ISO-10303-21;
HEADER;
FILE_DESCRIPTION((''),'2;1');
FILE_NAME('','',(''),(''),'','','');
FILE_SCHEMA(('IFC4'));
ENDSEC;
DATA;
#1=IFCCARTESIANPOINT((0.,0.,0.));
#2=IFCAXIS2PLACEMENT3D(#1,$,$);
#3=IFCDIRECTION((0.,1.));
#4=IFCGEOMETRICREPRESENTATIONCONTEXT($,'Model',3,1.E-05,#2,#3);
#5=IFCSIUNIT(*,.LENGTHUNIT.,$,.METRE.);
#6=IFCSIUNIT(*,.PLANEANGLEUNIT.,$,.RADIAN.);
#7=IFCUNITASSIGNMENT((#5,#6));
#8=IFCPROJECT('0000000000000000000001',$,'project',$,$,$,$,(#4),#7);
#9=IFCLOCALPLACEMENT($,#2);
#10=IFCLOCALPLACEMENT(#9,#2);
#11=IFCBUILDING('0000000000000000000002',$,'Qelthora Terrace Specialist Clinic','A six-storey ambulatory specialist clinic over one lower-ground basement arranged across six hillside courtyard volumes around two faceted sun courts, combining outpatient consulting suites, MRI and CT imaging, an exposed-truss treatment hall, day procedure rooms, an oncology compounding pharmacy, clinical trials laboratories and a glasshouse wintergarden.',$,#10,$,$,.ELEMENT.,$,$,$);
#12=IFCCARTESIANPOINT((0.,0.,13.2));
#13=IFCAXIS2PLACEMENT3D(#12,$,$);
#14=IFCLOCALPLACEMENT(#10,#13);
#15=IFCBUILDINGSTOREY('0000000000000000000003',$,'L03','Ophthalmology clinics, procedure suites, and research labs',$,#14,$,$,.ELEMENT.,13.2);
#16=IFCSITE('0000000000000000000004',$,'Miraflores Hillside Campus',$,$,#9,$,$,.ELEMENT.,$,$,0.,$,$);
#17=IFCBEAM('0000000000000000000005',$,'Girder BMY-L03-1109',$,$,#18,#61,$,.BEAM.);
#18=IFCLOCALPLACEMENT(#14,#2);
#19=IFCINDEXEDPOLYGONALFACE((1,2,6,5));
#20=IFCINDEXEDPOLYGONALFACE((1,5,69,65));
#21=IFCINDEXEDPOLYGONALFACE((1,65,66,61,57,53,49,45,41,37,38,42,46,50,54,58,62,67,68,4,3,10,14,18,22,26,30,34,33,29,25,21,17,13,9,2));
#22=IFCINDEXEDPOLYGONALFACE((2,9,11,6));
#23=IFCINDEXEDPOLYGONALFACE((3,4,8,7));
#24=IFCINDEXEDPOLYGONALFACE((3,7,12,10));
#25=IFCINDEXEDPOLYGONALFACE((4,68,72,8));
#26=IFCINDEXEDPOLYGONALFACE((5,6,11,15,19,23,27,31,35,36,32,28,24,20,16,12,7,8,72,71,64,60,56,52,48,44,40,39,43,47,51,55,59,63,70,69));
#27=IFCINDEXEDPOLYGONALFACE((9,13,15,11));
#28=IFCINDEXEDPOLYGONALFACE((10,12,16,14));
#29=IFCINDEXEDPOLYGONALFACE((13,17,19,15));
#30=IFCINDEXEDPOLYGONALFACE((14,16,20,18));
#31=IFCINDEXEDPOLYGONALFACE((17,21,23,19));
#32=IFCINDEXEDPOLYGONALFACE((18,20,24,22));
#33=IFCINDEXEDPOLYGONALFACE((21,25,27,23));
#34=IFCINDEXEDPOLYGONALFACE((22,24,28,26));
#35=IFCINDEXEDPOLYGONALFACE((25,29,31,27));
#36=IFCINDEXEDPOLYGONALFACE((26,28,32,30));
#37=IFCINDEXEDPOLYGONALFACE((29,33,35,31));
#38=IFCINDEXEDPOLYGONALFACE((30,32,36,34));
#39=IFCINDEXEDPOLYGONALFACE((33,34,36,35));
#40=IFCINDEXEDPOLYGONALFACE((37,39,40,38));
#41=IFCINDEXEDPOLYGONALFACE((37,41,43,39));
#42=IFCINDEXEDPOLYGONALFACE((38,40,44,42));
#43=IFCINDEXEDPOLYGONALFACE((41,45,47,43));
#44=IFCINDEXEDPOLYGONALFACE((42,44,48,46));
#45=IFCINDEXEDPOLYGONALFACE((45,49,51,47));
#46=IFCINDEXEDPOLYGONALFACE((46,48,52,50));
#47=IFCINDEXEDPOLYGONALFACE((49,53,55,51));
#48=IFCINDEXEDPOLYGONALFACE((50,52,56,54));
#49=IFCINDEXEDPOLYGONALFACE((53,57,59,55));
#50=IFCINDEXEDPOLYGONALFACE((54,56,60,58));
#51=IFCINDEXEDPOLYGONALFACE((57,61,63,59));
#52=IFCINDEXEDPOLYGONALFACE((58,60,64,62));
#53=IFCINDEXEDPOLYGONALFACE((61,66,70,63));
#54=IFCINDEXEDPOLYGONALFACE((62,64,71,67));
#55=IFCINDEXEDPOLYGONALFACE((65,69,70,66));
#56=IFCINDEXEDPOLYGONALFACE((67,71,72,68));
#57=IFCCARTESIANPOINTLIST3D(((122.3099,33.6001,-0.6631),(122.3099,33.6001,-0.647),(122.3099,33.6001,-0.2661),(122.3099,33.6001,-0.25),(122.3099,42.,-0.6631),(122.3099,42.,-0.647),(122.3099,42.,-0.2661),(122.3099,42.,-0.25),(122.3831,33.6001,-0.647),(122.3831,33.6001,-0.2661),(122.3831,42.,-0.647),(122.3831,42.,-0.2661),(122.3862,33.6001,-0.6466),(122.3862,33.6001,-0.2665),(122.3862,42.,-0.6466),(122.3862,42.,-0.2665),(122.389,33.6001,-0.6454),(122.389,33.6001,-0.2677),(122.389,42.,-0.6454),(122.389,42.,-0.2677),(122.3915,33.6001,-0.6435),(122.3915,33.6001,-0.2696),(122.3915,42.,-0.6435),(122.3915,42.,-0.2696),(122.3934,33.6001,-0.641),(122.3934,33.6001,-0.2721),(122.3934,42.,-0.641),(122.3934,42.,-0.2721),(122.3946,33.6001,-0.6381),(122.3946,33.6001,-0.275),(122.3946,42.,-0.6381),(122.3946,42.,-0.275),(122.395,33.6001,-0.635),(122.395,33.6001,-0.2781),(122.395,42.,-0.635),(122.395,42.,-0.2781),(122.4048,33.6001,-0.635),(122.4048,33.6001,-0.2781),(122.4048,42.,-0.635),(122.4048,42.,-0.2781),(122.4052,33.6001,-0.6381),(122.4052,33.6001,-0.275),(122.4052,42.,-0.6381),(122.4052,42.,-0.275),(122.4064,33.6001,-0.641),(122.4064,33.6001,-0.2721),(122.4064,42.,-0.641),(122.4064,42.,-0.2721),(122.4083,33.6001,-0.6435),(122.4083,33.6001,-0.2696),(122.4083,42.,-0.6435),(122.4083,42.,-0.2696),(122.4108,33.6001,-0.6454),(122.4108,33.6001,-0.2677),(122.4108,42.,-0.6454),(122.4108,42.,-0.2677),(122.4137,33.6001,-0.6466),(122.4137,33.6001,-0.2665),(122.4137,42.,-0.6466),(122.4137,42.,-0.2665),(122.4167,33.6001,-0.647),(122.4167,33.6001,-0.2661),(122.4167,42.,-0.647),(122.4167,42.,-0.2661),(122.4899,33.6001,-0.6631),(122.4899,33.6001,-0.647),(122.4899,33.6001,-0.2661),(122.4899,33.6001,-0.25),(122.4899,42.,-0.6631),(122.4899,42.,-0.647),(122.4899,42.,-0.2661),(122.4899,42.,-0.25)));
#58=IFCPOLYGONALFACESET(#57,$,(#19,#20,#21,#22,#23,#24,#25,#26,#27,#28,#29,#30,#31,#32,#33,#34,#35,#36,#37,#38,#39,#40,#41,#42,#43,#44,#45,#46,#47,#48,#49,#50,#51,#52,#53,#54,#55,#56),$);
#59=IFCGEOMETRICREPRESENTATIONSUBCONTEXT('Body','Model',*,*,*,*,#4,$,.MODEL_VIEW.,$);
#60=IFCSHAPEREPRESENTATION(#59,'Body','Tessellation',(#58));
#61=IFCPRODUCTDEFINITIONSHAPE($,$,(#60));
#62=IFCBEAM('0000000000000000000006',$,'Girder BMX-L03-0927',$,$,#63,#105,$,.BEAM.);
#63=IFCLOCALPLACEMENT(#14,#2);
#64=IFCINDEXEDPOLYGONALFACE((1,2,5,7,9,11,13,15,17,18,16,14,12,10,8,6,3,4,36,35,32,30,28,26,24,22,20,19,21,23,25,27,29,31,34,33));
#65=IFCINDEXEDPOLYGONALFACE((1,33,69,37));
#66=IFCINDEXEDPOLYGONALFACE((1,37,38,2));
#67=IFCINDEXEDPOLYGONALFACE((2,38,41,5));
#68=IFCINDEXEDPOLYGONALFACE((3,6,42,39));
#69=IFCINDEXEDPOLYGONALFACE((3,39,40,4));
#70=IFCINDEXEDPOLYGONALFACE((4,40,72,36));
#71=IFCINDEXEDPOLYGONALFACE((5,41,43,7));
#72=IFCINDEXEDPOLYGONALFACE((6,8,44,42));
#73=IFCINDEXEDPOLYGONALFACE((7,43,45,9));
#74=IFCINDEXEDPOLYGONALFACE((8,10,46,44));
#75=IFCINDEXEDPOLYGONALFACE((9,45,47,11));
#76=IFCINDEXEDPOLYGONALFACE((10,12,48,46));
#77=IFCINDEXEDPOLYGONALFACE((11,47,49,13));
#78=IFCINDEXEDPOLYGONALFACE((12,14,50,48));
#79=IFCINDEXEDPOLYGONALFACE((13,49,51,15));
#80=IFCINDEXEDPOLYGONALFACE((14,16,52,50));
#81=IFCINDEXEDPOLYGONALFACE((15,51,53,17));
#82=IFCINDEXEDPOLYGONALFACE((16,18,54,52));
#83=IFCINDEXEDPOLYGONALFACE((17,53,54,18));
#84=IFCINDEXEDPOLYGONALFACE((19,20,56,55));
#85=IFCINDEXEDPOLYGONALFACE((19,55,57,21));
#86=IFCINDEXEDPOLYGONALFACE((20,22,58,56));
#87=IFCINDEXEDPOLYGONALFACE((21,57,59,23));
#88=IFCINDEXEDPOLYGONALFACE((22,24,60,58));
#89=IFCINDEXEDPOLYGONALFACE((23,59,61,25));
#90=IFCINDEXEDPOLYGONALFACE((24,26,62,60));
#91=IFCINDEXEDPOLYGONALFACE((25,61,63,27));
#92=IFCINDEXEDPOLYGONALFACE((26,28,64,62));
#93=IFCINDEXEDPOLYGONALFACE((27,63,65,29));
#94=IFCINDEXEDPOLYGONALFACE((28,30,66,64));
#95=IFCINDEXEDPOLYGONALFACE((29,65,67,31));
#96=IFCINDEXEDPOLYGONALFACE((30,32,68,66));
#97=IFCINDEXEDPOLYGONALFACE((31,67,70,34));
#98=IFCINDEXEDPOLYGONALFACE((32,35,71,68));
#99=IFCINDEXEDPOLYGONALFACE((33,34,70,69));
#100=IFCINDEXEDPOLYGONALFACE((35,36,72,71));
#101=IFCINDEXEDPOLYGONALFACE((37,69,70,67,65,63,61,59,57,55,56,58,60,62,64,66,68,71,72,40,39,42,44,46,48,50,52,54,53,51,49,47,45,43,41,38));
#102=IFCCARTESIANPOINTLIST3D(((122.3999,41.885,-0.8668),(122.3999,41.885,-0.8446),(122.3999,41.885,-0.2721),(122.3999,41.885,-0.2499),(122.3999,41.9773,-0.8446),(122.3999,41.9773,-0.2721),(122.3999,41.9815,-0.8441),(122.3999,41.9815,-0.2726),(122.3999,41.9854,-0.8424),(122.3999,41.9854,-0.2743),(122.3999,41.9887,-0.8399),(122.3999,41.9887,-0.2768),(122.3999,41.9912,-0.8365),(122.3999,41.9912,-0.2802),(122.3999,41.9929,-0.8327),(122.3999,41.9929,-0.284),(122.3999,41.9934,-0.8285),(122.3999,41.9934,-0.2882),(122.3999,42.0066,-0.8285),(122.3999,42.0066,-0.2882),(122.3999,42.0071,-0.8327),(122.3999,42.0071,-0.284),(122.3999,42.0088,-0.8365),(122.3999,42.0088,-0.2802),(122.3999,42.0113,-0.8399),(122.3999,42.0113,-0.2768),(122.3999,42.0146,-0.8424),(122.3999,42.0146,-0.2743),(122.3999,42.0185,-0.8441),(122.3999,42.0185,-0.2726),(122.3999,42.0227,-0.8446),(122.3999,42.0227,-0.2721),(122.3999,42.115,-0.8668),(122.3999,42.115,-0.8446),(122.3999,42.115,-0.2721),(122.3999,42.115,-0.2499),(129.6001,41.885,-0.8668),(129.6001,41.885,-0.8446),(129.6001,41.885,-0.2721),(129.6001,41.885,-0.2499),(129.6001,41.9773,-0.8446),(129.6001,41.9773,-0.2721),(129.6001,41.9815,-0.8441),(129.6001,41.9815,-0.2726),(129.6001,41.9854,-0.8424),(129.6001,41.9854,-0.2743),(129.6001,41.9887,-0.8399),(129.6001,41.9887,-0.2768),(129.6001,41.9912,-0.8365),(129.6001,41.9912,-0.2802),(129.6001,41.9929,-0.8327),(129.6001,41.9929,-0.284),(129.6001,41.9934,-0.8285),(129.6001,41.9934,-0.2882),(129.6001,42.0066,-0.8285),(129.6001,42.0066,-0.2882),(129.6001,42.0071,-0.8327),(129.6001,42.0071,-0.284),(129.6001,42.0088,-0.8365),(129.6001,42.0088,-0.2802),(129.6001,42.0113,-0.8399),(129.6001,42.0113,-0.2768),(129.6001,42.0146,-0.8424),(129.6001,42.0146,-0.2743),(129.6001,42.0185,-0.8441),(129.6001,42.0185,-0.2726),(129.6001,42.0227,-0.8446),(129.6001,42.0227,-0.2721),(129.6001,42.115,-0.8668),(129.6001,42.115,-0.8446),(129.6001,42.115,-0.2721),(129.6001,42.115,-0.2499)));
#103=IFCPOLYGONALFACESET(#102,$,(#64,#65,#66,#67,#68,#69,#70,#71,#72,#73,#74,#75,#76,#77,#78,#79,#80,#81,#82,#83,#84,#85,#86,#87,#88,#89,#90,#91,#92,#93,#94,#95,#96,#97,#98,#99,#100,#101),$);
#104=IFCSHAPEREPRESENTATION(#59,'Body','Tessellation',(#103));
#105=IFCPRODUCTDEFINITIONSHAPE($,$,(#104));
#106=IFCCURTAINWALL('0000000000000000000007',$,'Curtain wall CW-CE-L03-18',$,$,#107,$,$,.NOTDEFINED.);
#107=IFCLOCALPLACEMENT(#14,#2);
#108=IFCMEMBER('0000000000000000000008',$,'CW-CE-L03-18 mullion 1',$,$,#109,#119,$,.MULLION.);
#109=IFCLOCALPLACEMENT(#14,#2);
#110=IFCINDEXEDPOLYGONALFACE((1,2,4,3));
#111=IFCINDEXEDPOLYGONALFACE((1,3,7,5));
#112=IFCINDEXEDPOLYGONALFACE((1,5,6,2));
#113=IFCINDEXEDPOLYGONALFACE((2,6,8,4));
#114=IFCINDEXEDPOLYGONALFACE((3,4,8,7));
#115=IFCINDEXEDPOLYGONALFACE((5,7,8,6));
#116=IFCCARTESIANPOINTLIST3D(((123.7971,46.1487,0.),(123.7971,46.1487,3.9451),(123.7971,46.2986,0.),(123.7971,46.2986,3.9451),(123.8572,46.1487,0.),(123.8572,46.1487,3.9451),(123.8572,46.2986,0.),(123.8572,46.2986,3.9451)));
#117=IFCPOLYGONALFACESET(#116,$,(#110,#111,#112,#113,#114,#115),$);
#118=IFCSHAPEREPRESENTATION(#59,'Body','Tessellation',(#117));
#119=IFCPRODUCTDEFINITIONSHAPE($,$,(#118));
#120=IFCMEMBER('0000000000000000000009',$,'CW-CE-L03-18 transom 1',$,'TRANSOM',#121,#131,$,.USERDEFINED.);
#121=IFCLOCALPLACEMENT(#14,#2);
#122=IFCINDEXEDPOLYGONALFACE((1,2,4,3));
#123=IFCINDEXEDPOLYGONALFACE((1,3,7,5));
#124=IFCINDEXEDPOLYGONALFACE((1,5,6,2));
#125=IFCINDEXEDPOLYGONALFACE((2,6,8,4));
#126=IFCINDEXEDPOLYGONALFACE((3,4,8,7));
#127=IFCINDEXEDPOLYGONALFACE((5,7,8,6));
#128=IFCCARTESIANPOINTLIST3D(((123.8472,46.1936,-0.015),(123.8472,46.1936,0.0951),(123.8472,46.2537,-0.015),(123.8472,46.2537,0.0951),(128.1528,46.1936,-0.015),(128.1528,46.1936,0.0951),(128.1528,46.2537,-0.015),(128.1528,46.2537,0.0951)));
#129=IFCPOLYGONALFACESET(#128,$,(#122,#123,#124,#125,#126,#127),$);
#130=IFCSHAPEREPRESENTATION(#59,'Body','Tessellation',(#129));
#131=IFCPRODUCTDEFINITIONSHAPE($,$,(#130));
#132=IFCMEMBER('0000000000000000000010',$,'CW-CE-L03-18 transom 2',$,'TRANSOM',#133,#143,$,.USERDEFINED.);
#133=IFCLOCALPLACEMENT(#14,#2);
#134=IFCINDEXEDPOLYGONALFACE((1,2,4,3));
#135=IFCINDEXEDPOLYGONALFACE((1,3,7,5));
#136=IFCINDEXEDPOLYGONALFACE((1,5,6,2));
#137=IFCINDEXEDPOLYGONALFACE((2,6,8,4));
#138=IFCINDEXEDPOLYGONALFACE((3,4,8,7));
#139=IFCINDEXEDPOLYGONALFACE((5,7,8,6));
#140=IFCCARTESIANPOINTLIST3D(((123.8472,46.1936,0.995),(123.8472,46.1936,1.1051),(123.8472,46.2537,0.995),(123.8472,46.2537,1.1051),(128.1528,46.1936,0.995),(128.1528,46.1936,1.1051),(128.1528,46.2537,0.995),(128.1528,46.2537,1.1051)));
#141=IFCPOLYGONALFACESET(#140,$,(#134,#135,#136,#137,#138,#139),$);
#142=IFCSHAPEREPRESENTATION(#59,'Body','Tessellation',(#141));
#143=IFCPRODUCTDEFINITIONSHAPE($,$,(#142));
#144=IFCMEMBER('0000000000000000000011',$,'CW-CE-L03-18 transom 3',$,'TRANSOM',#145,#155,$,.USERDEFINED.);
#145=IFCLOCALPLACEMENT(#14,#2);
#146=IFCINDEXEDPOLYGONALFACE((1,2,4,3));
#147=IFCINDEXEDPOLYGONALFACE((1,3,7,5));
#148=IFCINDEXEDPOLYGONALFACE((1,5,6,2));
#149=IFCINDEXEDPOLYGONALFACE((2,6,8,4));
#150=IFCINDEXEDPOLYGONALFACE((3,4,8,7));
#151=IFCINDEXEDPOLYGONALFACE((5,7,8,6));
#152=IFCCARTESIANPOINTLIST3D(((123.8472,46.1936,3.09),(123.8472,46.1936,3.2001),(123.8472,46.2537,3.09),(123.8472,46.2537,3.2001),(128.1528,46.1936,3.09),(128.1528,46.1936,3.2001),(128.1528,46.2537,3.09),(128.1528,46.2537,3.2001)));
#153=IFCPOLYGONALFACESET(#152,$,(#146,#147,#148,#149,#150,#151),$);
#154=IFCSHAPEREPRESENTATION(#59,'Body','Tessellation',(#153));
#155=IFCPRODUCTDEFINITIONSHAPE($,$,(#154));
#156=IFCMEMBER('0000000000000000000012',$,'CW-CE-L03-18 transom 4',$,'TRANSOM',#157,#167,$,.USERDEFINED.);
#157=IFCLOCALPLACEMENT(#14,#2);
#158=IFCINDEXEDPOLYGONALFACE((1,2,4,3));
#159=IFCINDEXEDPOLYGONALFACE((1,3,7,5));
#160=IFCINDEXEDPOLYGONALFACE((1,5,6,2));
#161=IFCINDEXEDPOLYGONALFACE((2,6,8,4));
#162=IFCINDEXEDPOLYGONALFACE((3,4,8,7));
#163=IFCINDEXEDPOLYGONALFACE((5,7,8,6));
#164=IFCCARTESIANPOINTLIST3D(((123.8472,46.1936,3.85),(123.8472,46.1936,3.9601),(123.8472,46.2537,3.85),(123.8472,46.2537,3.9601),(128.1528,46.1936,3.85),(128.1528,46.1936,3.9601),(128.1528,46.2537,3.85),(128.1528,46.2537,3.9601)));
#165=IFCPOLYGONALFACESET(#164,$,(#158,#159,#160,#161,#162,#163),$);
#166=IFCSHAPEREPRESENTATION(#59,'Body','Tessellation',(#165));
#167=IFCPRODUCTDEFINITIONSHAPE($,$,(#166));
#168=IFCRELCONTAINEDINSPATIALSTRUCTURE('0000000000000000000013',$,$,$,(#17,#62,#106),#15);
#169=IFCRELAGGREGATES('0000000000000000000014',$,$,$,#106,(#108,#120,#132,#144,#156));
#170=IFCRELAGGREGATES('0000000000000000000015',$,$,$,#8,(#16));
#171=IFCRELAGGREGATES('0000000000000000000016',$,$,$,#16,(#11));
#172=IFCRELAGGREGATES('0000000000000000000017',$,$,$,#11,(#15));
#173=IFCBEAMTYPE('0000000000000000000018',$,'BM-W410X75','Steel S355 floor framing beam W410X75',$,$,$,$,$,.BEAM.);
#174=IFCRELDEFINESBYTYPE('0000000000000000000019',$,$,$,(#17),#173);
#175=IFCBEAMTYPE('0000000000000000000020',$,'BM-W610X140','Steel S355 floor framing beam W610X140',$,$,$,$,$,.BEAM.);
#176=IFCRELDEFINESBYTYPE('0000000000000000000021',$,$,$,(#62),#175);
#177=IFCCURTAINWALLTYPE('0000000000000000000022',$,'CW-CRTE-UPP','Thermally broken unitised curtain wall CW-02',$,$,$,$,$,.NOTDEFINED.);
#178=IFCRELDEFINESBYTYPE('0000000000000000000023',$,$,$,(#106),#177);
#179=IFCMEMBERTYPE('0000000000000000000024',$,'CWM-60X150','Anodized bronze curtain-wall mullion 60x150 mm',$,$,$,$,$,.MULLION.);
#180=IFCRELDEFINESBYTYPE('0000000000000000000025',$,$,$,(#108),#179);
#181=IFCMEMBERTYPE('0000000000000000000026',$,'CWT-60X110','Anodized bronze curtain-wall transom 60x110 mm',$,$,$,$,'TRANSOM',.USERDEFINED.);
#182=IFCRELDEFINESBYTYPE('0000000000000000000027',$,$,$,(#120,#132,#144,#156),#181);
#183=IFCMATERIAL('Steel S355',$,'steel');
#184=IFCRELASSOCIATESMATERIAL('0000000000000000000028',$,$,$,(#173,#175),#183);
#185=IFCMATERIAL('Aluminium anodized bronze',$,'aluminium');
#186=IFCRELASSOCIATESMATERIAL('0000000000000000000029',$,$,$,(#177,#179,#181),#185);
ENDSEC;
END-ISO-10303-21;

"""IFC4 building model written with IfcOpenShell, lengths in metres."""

from ifc_helpers import new_model, si_unit, direction, frame, origin, origin_2d, place, context, subcontext, project, spatial, rectangle, i_section, extrude, material, material_profile, profile_set, type_object, element, aggregate, save


model = new_model("IFC4")

# Units and contexts
model_context = context("Model", 3, precision=1e-05, world=origin(), true_north=direction((0.0, 1.0)))
body_context = subcontext(model_context, "Body", "Model", "MODEL_VIEW")
ifc_project = project(units=[si_unit("LENGTHUNIT", "METRE"), si_unit("PLANEANGLEUNIT", "RADIAN")], contexts=[model_context])

# Site, building, storey
site_placement = place(None, origin())
site = spatial("IfcSite", under=ifc_project, at=site_placement, Name="Miraflores Hillside Campus", CompositionType="ELEMENT", RefElevation=0.0)
building_placement = place(site_placement, origin())
building = spatial("IfcBuilding", under=site, at=building_placement, Name="Qelthora Terrace Specialist Clinic", Description="A six-storey ambulatory specialist clinic over one lower-ground basement arranged across six hillside courtyard volumes around two faceted sun courts, combining outpatient consulting suites, MRI and CT imaging, an exposed-truss treatment hall, day procedure rooms, an oncology compounding pharmacy, clinical trials laboratories and a glasshouse wintergarden.", CompositionType="ELEMENT")
storey_placement = place(building_placement, frame((0.0, 0.0, 13.2)))
storey = spatial("IfcBuildingStorey", under=building, at=storey_placement, Name="L03", Description="Ophthalmology clinics, procedure suites, and research labs", CompositionType="ELEMENT", Elevation=13.2)

# Shared definitions
ifc_material_1 = material(Name="Steel S355", Category="steel")

# Beams
ifc_material_profile_1 = material_profile(ifc_material_1, i_section(OverallWidth=0.1799, OverallDepth=0.4131, WebThickness=0.0098, FlangeThickness=0.0161, FilletRadius=0.012, at=origin_2d()), Name="W410X75")
ifc_profile_set_1 = profile_set([ifc_material_profile_1], Name="Steel S355")
beam_type_1 = type_object("IfcBeamType", Name="BM-W410X75", Description="Steel S355 floor framing beam W410X75", PredefinedType="BEAM", material=ifc_profile_set_1)
beam_1_placement = place(storey_placement, frame((122.3999, 33.6001, -0.4565), z_axis=(0.0, 1.0, 0.0), x_axis=(-1.0, 0.0, 0.0)))
element("IfcBeam", 1, at=beam_1_placement, inside=storey, type_object=beam_type_1, Name="Girder BMY-L03-1109", PredefinedType="BEAM", context=body_context, shape_type="SweptSolid", body=[
    extrude(i_section(OverallWidth=0.1799, OverallDepth=0.4131, WebThickness=0.0098, FlangeThickness=0.0161, FilletRadius=0.012, at=origin_2d()), origin(), (0.0, 0.0, 1.0), 8.3999),
])
ifc_material_profile_2 = material_profile(ifc_material_1, i_section(OverallWidth=0.23, OverallDepth=0.6169, WebThickness=0.0132, FlangeThickness=0.0222, FilletRadius=0.0161, at=origin_2d()), Name="W610X140")
ifc_profile_set_2 = profile_set([ifc_material_profile_2], Name="Steel S355")
beam_type_2 = type_object("IfcBeamType", Name="BM-W610X140", Description="Steel S355 floor framing beam W610X140", PredefinedType="BEAM", material=ifc_profile_set_2)
beam_2_placement = place(storey_placement, frame((122.3999, 42.0, -0.5583), z_axis=(1.0, 0.0, 0.0), x_axis=(0.0, 1.0, 0.0)))
element("IfcBeam", 2, at=beam_2_placement, inside=storey, type_object=beam_type_2, Name="Girder BMX-L03-0927", PredefinedType="BEAM", context=body_context, shape_type="SweptSolid", body=[
    extrude(i_section(OverallWidth=0.23, OverallDepth=0.6169, WebThickness=0.0132, FlangeThickness=0.0222, FilletRadius=0.0161, at=origin_2d()), origin(), (0.0, 0.0, 1.0), 7.2002),
])

# Curtain wall, members
ifc_material_2 = material(Name="Aluminium anodized bronze", Category="aluminium")
curtain_wall_type = type_object("IfcCurtainWallType", Name="CW-CRTE-UPP", Description="Thermally broken unitised curtain wall CW-02", PredefinedType="NOTDEFINED", material=ifc_material_2)
curtain_wall_placement = place(storey_placement, origin())
curtain_wall = element("IfcCurtainWall", 3, at=curtain_wall_placement, inside=storey, type_object=curtain_wall_type, Name="Curtain wall CW-CE-L03-18", PredefinedType="NOTDEFINED")
ifc_material_profile_3 = material_profile(ifc_material_2, rectangle(XDim=0.0601, YDim=0.1499, at=origin_2d()), Name="CWM60X150")
ifc_profile_set_3 = profile_set([ifc_material_profile_3], Name="Aluminium anodized bronze")
member_type_1 = type_object("IfcMemberType", Name="CWM-60X150", Description="Anodized bronze curtain-wall mullion 60x150 mm", PredefinedType="MULLION", material=ifc_profile_set_3)
member_1_placement = place(storey_placement, frame((123.8271, 46.2236, 0.0), z_axis=(0.0, 0.0, 1.0), x_axis=(1.0, 0.0, 0.0)))
member_1 = element("IfcMember", 4, at=member_1_placement, type_object=member_type_1, Name="CW-CE-L03-18 mullion 1", PredefinedType="MULLION", context=body_context, shape_type="SweptSolid", body=[
    extrude(rectangle(XDim=0.0601, YDim=0.1499, at=origin_2d()), origin(), (0.0, 0.0, 1.0), 3.9451),
])
ifc_material_profile_4 = material_profile(ifc_material_2, rectangle(XDim=0.0601, YDim=0.1101, at=origin_2d()), Name="CWT60X110")
ifc_profile_set_4 = profile_set([ifc_material_profile_4], Name="Aluminium anodized bronze")
member_type_2 = type_object("IfcMemberType", Name="CWT-60X110", Description="Anodized bronze curtain-wall transom 60x110 mm", ElementType="TRANSOM", PredefinedType="USERDEFINED", material=ifc_profile_set_4)
member_2_placement = place(storey_placement, frame((123.8472, 46.2236, 0.04), z_axis=(1.0, 0.0, 0.0), x_axis=(0.0, 1.0, 0.0)))
member_2 = element("IfcMember", 5, at=member_2_placement, type_object=member_type_2, Name="CW-CE-L03-18 transom 1", ObjectType="TRANSOM", PredefinedType="USERDEFINED", context=body_context, shape_type="SweptSolid", body=[
    extrude(rectangle(XDim=0.0601, YDim=0.1101, at=origin_2d()), origin(), (0.0, 0.0, 1.0), 4.3057),
])
member_3_placement = place(storey_placement, frame((123.8472, 46.2236, 1.05), z_axis=(1.0, 0.0, 0.0), x_axis=(0.0, 1.0, 0.0)))
member_3 = element("IfcMember", 6, at=member_3_placement, type_object=member_type_2, Name="CW-CE-L03-18 transom 2", ObjectType="TRANSOM", PredefinedType="USERDEFINED", context=body_context, shape_type="SweptSolid", body=[
    extrude(rectangle(XDim=0.0601, YDim=0.1101, at=origin_2d()), origin(), (0.0, 0.0, 1.0), 4.3057),
])
member_4_placement = place(storey_placement, frame((123.8472, 46.2236, 3.145), z_axis=(1.0, 0.0, 0.0), x_axis=(0.0, 1.0, 0.0)))
member_4 = element("IfcMember", 7, at=member_4_placement, type_object=member_type_2, Name="CW-CE-L03-18 transom 3", ObjectType="TRANSOM", PredefinedType="USERDEFINED", context=body_context, shape_type="SweptSolid", body=[
    extrude(rectangle(XDim=0.0601, YDim=0.1101, at=origin_2d()), origin(), (0.0, 0.0, 1.0), 4.3057),
])
member_5_placement = place(storey_placement, frame((123.8472, 46.2236, 3.905), z_axis=(1.0, 0.0, 0.0), x_axis=(0.0, 1.0, 0.0)))
member_5 = element("IfcMember", 8, at=member_5_placement, type_object=member_type_2, Name="CW-CE-L03-18 transom 4", ObjectType="TRANSOM", PredefinedType="USERDEFINED", context=body_context, shape_type="SweptSolid", body=[
    extrude(rectangle(XDim=0.0601, YDim=0.1101, at=origin_2d()), origin(), (0.0, 0.0, 1.0), 4.3057),
])

aggregate(curtain_wall, [member_1, member_2, member_3, member_4, member_5])

save(model, "model.ifc")
